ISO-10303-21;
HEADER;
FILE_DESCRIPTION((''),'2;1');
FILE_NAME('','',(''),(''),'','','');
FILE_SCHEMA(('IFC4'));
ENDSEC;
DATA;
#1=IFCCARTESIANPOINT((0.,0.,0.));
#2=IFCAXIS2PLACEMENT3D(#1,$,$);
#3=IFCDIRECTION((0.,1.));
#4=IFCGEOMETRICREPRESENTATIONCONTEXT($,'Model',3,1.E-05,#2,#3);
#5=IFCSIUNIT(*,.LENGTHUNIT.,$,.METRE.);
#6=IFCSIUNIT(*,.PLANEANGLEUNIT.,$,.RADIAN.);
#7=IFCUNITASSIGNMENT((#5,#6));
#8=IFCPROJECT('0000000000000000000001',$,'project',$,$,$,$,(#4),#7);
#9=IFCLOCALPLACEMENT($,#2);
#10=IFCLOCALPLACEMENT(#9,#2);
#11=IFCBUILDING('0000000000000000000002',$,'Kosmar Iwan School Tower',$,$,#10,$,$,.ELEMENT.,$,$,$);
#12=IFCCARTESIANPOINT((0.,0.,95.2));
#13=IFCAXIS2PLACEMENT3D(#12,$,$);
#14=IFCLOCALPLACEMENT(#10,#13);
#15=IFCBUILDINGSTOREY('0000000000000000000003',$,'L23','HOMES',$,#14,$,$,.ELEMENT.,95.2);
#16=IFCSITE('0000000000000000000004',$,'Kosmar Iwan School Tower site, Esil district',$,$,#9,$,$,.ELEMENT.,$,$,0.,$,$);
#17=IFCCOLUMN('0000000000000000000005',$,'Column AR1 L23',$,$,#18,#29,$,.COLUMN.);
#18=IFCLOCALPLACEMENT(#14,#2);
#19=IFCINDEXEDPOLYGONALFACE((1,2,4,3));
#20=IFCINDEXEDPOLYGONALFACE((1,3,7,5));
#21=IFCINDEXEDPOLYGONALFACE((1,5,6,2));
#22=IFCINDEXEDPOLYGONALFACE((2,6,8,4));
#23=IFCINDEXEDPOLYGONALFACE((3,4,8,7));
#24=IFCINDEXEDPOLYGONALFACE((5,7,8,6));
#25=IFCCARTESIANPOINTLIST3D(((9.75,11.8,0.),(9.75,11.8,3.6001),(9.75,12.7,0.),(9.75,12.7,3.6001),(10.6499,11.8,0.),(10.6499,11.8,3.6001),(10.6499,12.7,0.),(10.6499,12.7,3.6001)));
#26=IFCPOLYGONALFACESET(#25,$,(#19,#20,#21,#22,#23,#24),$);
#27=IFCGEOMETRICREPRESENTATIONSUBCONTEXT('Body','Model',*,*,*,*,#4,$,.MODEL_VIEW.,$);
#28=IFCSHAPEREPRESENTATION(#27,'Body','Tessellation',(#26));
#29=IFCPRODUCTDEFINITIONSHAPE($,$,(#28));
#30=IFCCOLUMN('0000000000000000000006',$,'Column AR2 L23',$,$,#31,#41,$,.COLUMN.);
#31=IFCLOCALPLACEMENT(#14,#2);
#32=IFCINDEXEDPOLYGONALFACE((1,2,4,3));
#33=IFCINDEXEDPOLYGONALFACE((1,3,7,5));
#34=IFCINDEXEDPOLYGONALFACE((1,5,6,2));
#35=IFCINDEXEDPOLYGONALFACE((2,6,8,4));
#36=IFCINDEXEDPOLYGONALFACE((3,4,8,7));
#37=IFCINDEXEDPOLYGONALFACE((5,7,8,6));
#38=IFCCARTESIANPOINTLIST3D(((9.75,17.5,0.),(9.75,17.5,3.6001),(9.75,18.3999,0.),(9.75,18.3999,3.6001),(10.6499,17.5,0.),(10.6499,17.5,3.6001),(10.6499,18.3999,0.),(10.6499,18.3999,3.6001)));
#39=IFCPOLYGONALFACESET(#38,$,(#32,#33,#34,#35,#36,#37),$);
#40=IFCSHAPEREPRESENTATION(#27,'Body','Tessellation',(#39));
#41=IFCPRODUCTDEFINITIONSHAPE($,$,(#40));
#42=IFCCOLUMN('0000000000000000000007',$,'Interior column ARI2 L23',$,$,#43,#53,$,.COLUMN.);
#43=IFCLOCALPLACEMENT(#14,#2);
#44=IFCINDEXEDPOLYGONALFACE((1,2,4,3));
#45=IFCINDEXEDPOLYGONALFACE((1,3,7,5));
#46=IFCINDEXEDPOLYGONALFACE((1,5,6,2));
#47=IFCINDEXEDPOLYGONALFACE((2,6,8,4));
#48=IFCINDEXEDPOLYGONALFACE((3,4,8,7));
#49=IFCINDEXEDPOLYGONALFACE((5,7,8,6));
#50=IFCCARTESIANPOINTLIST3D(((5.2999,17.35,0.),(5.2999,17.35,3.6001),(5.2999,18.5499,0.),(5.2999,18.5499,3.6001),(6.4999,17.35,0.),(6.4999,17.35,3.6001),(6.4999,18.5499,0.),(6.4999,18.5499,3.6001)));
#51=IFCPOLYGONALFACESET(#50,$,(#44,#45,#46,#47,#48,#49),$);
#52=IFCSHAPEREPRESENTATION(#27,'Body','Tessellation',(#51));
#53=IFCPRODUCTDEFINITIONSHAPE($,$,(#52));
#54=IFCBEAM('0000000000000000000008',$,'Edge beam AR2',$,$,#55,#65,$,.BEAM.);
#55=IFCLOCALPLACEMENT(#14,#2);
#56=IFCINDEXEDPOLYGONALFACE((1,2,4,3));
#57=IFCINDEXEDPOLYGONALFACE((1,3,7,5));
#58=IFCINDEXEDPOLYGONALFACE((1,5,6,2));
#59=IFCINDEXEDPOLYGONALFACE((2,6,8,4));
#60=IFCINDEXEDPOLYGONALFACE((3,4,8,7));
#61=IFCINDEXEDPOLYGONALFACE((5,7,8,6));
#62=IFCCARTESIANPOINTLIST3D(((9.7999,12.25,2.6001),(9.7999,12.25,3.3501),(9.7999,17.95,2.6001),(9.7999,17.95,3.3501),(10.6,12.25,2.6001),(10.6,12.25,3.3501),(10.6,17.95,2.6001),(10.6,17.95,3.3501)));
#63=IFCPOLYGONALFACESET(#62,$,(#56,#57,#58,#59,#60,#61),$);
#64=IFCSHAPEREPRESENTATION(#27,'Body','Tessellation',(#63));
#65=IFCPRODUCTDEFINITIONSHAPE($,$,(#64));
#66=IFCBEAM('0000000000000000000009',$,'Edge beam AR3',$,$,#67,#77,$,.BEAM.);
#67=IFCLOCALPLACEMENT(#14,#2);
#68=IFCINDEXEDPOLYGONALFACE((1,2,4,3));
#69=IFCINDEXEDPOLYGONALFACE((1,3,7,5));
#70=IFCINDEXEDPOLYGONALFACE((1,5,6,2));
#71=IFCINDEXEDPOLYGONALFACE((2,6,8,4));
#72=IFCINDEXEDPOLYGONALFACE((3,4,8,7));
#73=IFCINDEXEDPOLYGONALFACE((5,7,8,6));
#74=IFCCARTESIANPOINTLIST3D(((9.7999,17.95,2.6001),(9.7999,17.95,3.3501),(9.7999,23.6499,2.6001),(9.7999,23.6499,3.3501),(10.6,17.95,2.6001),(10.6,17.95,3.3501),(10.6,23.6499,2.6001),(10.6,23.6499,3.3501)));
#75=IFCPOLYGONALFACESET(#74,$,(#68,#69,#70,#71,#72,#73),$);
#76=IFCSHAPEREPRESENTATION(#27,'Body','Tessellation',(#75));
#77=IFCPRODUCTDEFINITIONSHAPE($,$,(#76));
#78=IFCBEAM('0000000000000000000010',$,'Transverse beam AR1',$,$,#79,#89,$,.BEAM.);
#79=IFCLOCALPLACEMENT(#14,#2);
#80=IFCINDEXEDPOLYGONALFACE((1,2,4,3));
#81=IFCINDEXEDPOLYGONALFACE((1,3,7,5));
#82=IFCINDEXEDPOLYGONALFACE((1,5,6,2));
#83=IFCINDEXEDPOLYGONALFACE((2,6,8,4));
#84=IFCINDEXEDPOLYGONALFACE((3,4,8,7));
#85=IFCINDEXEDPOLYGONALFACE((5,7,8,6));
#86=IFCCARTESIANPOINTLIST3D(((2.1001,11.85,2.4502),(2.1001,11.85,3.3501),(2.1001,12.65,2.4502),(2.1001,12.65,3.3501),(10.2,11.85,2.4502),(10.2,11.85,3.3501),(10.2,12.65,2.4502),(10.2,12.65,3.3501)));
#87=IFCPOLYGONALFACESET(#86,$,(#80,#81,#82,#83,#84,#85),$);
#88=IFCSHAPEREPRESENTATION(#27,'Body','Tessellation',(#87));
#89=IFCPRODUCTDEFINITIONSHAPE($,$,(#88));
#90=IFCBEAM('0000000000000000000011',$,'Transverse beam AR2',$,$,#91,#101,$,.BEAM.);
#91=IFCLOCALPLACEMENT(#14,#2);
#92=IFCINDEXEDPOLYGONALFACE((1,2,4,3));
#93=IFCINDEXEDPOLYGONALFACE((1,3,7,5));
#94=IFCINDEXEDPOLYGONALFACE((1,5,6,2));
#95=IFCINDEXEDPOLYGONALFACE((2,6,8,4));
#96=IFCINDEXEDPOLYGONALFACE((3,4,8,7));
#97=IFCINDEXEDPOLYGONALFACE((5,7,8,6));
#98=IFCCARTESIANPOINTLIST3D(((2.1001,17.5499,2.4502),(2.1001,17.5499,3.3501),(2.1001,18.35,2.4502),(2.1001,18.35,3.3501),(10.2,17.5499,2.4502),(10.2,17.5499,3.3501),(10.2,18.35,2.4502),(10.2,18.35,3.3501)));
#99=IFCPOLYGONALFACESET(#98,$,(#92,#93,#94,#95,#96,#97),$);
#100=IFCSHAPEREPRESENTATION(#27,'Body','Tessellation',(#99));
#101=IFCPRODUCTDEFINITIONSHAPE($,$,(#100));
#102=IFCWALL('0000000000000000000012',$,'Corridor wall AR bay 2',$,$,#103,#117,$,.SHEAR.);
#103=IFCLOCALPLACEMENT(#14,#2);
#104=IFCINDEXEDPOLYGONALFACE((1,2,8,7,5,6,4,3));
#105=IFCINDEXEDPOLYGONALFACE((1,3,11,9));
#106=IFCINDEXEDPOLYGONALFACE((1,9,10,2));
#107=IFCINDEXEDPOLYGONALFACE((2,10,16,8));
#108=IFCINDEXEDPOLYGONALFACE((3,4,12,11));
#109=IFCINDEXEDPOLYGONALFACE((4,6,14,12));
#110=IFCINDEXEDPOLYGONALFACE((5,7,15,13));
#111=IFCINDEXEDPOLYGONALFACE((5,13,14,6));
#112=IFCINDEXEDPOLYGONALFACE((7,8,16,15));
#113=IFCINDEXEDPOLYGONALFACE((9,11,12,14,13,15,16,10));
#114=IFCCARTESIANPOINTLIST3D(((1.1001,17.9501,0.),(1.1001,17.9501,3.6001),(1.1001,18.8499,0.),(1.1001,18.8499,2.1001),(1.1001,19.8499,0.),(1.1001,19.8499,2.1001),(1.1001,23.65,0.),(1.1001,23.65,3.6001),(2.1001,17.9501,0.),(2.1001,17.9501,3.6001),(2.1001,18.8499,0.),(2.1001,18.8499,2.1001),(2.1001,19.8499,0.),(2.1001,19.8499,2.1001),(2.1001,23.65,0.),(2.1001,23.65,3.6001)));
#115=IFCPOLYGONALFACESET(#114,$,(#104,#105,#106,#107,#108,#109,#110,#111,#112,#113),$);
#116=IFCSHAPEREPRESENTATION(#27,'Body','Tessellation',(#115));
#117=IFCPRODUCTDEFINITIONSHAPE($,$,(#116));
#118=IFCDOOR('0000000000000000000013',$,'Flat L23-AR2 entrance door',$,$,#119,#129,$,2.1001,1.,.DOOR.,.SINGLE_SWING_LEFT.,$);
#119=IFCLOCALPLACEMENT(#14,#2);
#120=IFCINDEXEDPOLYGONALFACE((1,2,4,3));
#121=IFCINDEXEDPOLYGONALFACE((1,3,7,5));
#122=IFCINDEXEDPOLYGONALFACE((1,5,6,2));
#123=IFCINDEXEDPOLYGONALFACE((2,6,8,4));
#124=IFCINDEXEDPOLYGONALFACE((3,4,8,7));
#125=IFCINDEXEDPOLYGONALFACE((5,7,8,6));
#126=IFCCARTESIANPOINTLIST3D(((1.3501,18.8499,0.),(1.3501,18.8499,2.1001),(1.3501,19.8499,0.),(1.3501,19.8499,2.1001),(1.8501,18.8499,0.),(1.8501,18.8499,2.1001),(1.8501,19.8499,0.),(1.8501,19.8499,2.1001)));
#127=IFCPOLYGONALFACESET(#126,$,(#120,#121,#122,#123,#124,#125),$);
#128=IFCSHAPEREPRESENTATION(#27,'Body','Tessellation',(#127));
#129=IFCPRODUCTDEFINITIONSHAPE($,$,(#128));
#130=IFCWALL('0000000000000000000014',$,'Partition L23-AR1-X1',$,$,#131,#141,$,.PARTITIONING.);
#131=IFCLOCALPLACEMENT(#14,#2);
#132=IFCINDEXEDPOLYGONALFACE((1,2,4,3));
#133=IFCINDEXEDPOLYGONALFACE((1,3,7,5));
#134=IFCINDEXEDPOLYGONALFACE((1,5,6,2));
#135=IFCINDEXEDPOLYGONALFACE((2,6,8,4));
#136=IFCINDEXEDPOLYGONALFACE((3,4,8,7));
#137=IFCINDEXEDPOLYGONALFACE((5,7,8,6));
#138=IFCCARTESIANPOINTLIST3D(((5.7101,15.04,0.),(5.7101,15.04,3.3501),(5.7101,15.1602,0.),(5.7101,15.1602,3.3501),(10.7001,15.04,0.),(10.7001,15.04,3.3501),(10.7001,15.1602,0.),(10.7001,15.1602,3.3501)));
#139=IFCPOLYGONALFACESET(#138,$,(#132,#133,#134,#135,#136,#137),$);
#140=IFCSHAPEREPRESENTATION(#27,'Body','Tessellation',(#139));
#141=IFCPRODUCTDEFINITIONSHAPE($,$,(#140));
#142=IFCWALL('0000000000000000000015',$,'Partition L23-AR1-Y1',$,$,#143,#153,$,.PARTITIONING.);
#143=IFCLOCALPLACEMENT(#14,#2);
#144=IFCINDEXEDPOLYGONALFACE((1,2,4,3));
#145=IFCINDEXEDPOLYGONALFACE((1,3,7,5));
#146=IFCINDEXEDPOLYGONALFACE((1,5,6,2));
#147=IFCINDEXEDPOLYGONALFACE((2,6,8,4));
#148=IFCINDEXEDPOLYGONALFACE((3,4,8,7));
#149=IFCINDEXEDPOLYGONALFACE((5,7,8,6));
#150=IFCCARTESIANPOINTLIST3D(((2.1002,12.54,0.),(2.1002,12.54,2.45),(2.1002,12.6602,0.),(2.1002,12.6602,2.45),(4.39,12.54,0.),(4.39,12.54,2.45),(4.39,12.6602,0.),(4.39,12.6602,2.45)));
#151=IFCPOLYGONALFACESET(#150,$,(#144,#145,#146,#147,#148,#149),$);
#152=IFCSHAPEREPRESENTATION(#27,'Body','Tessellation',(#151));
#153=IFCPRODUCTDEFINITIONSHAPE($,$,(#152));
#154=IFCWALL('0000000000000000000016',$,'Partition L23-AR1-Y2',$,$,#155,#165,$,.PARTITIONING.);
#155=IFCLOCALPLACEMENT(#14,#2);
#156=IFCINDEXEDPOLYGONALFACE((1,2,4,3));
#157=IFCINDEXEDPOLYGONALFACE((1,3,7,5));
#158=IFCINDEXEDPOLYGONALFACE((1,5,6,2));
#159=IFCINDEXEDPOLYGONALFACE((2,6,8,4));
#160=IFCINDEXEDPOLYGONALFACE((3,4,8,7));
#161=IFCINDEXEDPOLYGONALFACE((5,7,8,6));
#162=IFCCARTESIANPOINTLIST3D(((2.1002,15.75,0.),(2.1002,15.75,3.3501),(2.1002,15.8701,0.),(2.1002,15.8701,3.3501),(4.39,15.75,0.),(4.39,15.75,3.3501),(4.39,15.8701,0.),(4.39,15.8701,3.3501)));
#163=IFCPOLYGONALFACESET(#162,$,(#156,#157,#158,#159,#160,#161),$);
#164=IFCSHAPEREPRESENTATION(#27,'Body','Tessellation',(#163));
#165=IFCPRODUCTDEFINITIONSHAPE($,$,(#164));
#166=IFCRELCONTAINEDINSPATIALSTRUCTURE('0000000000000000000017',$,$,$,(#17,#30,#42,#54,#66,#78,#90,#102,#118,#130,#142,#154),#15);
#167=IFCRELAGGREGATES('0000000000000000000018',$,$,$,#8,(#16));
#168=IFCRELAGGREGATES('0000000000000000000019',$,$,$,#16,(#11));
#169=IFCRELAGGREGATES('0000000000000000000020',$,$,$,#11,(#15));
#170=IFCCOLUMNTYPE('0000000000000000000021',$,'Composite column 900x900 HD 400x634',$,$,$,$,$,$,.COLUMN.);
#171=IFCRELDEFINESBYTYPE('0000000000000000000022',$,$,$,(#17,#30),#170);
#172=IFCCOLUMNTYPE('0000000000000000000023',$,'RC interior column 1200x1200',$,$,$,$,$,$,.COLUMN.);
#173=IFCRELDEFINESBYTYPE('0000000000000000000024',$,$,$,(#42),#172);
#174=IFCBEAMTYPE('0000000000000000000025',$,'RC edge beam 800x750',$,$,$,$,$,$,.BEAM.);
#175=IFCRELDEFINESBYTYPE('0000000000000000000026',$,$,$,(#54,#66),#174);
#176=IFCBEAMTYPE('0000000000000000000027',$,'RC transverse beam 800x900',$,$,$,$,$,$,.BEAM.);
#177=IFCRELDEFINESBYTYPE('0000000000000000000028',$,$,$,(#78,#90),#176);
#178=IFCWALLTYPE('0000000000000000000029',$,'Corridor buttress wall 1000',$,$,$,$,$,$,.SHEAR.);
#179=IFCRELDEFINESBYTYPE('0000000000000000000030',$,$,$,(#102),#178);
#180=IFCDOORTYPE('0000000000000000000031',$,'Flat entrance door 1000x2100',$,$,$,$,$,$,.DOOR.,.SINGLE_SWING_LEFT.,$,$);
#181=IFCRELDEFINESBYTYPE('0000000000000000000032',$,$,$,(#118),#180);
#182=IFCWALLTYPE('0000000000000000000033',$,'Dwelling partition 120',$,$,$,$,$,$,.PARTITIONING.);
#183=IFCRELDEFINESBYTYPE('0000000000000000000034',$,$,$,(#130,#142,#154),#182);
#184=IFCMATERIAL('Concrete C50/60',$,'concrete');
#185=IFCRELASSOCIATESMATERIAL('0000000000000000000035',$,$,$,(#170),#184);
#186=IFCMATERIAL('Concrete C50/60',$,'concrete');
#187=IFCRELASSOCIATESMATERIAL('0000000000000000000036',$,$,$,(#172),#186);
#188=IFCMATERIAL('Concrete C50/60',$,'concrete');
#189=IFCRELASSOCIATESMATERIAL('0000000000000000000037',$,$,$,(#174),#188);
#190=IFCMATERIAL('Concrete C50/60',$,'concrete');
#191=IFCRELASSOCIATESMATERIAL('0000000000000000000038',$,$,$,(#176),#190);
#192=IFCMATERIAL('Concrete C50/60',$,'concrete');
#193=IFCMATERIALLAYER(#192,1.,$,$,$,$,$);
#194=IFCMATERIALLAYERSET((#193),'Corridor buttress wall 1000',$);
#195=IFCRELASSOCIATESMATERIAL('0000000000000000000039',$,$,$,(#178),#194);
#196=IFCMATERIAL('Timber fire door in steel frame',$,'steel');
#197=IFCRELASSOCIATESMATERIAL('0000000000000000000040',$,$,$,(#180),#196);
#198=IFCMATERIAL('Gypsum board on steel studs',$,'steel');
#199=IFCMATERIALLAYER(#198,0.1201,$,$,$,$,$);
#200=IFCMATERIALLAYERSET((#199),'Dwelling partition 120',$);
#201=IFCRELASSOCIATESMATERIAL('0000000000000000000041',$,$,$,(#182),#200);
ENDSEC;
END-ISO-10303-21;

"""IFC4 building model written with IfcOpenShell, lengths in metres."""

from ifc_helpers import new_model, si_unit, direction, frame, frame_2d, origin, origin_2d, place, context, subcontext, project, spatial, rectangle, extrude, material, layer, layer_set, material_profile, profile_set, type_object, element, fill, save


model = new_model("IFC4")

# Units and contexts
model_context = context("Model", 3, precision=1e-05, world=origin(), true_north=direction((0.0, 1.0)))
body_context = subcontext(model_context, "Body", "Model", "MODEL_VIEW")
ifc_project = project(units=[si_unit("LENGTHUNIT", "METRE"), si_unit("PLANEANGLEUNIT", "RADIAN")], contexts=[model_context])

# Site, building, storey
site_placement = place(None, origin())
site = spatial("IfcSite", under=ifc_project, at=site_placement, Name="Kosmar Iwan School Tower site, Esil district", CompositionType="ELEMENT", RefElevation=0.0)
building_placement = place(site_placement, origin())
building = spatial("IfcBuilding", under=site, at=building_placement, Name="Kosmar Iwan School Tower", CompositionType="ELEMENT")
storey_placement = place(building_placement, frame((0.0, 0.0, 95.2)))
storey = spatial("IfcBuildingStorey", under=building, at=storey_placement, Name="L23", Description="HOMES", CompositionType="ELEMENT", Elevation=95.2)

# Columns
ifc_material_1 = material(Name="Concrete C50/60", Category="concrete")
ifc_material_profile_1 = material_profile(ifc_material_1, rectangle(XDim=0.8999, YDim=0.8999, at=origin_2d()), Name="RC 900x900 + HD 400x634")
ifc_profile_set_1 = profile_set([ifc_material_profile_1], Name="Concrete C50/60")
column_type_1 = type_object("IfcColumnType", Name="Composite column 900x900 HD 400x634", PredefinedType="COLUMN", material=ifc_profile_set_1)
for number, where, z_axis, x_axis, name in (
    (1, (10.2, 12.25, 0.0), (0.0, 0.0, 1.0), (0.0, 1.0, 0.0), "Column AR1 L23"),
    (2, (10.2, 17.95, 0.0), (0.0, 0.0, 1.0), (0.0, 1.0, 0.0), "Column AR2 L23"),
):
    element("IfcColumn", number, at=place(storey_placement, frame(where, z_axis=z_axis, x_axis=x_axis)), inside=storey, type_object=column_type_1, Name=name, PredefinedType="COLUMN", context=body_context, shape_type="SweptSolid", body=[
        extrude(rectangle(XDim=0.8999, YDim=0.8999, at=origin_2d()), origin(), (0.0, 0.0, 1.0), 3.6001),
    ])
ifc_material_2 = material(Name="Concrete C50/60", Category="concrete")
ifc_material_profile_2 = material_profile(ifc_material_2, rectangle(XDim=1.2, YDim=1.2, at=origin_2d()), Name="RC 1200x1200")
ifc_profile_set_2 = profile_set([ifc_material_profile_2], Name="Concrete C50/60")
column_type_2 = type_object("IfcColumnType", Name="RC interior column 1200x1200", PredefinedType="COLUMN", material=ifc_profile_set_2)
column_placement = place(storey_placement, frame((5.8999, 17.95, 0.0), z_axis=(0.0, 0.0, 1.0), x_axis=(0.0, 1.0, 0.0)))
element("IfcColumn", 3, at=column_placement, inside=storey, type_object=column_type_2, Name="Interior column ARI2 L23", PredefinedType="COLUMN", context=body_context, shape_type="SweptSolid", body=[
    extrude(rectangle(XDim=1.2, YDim=1.2, at=origin_2d()), origin(), (0.0, 0.0, 1.0), 3.6001),
])

# Beams
ifc_material_3 = material(Name="Concrete C50/60", Category="concrete")
ifc_material_profile_3 = material_profile(ifc_material_3, rectangle(XDim=0.8, YDim=0.75, at=origin_2d()), Name="RC 800x750")
ifc_profile_set_3 = profile_set([ifc_material_profile_3], Name="Concrete C50/60")
beam_type_1 = type_object("IfcBeamType", Name="RC edge beam 800x750", PredefinedType="BEAM", material=ifc_profile_set_3)
for number, where, z_axis, x_axis, name in (
    (4, (10.2, 12.25, 2.9751), (0.0, 1.0, 0.0), (-1.0, 0.0, 0.0), "Edge beam AR2"),
    (5, (10.2, 17.95, 2.9751), (0.0, 1.0, 0.0), (-1.0, 0.0, 0.0), "Edge beam AR3"),
):
    element("IfcBeam", number, at=place(storey_placement, frame(where, z_axis=z_axis, x_axis=x_axis)), inside=storey, type_object=beam_type_1, Name=name, PredefinedType="BEAM", context=body_context, shape_type="SweptSolid", body=[
        extrude(rectangle(XDim=0.8, YDim=0.75, at=origin_2d()), origin(), (0.0, 0.0, 1.0), 5.7),
    ])
ifc_material_4 = material(Name="Concrete C50/60", Category="concrete")
ifc_material_profile_4 = material_profile(ifc_material_4, rectangle(XDim=0.8, YDim=0.8999, at=origin_2d()), Name="RC 800x900")
ifc_profile_set_4 = profile_set([ifc_material_profile_4], Name="Concrete C50/60")
beam_type_2 = type_object("IfcBeamType", Name="RC transverse beam 800x900", PredefinedType="BEAM", material=ifc_profile_set_4)
for number, where, z_axis, x_axis, name in (
    (6, (10.2, 12.25, 2.9001), (-1.0, 0.0, 0.0), (0.0, -1.0, 0.0), "Transverse beam AR1"),
    (7, (10.2, 17.95, 2.9001), (-1.0, 0.0, 0.0), (0.0, -1.0, 0.0), "Transverse beam AR2"),
):
    element("IfcBeam", number, at=place(storey_placement, frame(where, z_axis=z_axis, x_axis=x_axis)), inside=storey, type_object=beam_type_2, Name=name, PredefinedType="BEAM", context=body_context, shape_type="SweptSolid", body=[
        extrude(rectangle(XDim=0.8, YDim=0.8999, at=origin_2d()), origin(), (0.0, 0.0, 1.0), 8.0999),
    ])

# Wall, opening, door
ifc_material_5 = material(Name="Concrete C50/60", Category="concrete")
ifc_layer_1 = layer(ifc_material_5, 1.0)
ifc_layer_set_1 = layer_set([ifc_layer_1], Name="Corridor buttress wall 1000")
wall_type_1 = type_object("IfcWallType", Name="Corridor buttress wall 1000", PredefinedType="SHEAR", material=ifc_layer_set_1)
wall_1_placement = place(storey_placement, frame((1.6001, 17.95, 0.0), z_axis=(0.0, 0.0, 1.0), x_axis=(0.0, 1.0, 0.0)))
wall_1 = element("IfcWall", 8, at=wall_1_placement, inside=storey, type_object=wall_type_1, Name="Corridor wall AR bay 2", PredefinedType="SHEAR", context=body_context, shape_type="SweptSolid", body=[
    extrude(rectangle(XDim=5.7, YDim=1.0, at=frame_2d((2.8501, 0.0))), origin(), (0.0, 0.0, 1.0), 3.6001),
])
opening_1_placement = place(wall_1_placement, frame((0.8999, 0.0, 0.0)))
opening_1 = element("IfcOpeningElement", 9, at=opening_1_placement, cuts=wall_1, PredefinedType="OPENING", context=body_context, shape_type="SweptSolid", body=[
    extrude(rectangle(XDim=1.0, YDim=2.1001, at=frame_2d((0.5, 1.05))), frame((0.0, 0.512, 0.0), z_axis=(0.0, -1.0, 0.0), x_axis=(1.0, 0.0, 0.0)), (0.0, 0.0, 1.0), 1.0239),
])
ifc_material_6 = material(Name="Timber fire door in steel frame", Category="steel")
door_type_1 = type_object("IfcDoorType", Name="Flat entrance door 1000x2100", OperationType="SINGLE_SWING_LEFT", PredefinedType="DOOR", material=ifc_material_6)
door_1_placement = place(opening_1_placement, origin())
door_1 = element("IfcDoor", 10, at=door_1_placement, inside=storey, type_object=door_type_1, Name="Flat L23-AR2 entrance door", OperationType="SINGLE_SWING_LEFT", OverallHeight=2.1001, OverallWidth=1.0, PredefinedType="DOOR", context=body_context, shape_type="SweptSolid", body=[
    extrude(rectangle(XDim=1.0, YDim=2.1001, at=frame_2d((0.5, 1.05))), frame((0.0, 0.25, 0.0), z_axis=(0.0, -1.0, 0.0), x_axis=(1.0, 0.0, 0.0)), (0.0, 0.0, 1.0), 0.5),
])
fill(opening_1, door_1)

# Walls
ifc_material_7 = material(Name="Gypsum board on steel studs", Category="steel")
ifc_layer_2 = layer(ifc_material_7, 0.1201)
ifc_layer_set_2 = layer_set([ifc_layer_2], Name="Dwelling partition 120")
wall_type_2 = type_object("IfcWallType", Name="Dwelling partition 120", PredefinedType="PARTITIONING", material=ifc_layer_set_2)
wall_2_placement = place(storey_placement, frame((5.71, 15.1001, 0.0), z_axis=(0.0, 0.0, 1.0), x_axis=(1.0, 0.0, 0.0)))
element("IfcWall", 11, at=wall_2_placement, inside=storey, type_object=wall_type_2, Name="Partition L23-AR1-X1", PredefinedType="PARTITIONING", context=body_context, shape_type="SweptSolid", body=[
    extrude(rectangle(XDim=4.99, YDim=0.1201, at=frame_2d((2.4951, 0.0))), origin(), (0.0, 0.0, 1.0), 3.3501),
])
wall_3_placement = place(storey_placement, frame((2.1001, 12.6001, 0.0), z_axis=(0.0, 0.0, 1.0), x_axis=(1.0, 0.0, 0.0)))
element("IfcWall", 12, at=wall_3_placement, inside=storey, type_object=wall_type_2, Name="Partition L23-AR1-Y1", PredefinedType="PARTITIONING", context=body_context, shape_type="SweptSolid", body=[
    extrude(rectangle(XDim=2.2898, YDim=0.1201, at=frame_2d((1.145, 0.0))), origin(), (0.0, 0.0, 1.0), 2.45),
])
wall_4_placement = place(storey_placement, frame((2.1001, 15.8101, 0.0), z_axis=(0.0, 0.0, 1.0), x_axis=(1.0, 0.0, 0.0)))
element("IfcWall", 13, at=wall_4_placement, inside=storey, type_object=wall_type_2, Name="Partition L23-AR1-Y2", PredefinedType="PARTITIONING", context=body_context, shape_type="SweptSolid", body=[
    extrude(rectangle(XDim=2.2898, YDim=0.1201, at=frame_2d((1.145, 0.0))), origin(), (0.0, 0.0, 1.0), 3.3501),
])

save(model, "model.ifc")
